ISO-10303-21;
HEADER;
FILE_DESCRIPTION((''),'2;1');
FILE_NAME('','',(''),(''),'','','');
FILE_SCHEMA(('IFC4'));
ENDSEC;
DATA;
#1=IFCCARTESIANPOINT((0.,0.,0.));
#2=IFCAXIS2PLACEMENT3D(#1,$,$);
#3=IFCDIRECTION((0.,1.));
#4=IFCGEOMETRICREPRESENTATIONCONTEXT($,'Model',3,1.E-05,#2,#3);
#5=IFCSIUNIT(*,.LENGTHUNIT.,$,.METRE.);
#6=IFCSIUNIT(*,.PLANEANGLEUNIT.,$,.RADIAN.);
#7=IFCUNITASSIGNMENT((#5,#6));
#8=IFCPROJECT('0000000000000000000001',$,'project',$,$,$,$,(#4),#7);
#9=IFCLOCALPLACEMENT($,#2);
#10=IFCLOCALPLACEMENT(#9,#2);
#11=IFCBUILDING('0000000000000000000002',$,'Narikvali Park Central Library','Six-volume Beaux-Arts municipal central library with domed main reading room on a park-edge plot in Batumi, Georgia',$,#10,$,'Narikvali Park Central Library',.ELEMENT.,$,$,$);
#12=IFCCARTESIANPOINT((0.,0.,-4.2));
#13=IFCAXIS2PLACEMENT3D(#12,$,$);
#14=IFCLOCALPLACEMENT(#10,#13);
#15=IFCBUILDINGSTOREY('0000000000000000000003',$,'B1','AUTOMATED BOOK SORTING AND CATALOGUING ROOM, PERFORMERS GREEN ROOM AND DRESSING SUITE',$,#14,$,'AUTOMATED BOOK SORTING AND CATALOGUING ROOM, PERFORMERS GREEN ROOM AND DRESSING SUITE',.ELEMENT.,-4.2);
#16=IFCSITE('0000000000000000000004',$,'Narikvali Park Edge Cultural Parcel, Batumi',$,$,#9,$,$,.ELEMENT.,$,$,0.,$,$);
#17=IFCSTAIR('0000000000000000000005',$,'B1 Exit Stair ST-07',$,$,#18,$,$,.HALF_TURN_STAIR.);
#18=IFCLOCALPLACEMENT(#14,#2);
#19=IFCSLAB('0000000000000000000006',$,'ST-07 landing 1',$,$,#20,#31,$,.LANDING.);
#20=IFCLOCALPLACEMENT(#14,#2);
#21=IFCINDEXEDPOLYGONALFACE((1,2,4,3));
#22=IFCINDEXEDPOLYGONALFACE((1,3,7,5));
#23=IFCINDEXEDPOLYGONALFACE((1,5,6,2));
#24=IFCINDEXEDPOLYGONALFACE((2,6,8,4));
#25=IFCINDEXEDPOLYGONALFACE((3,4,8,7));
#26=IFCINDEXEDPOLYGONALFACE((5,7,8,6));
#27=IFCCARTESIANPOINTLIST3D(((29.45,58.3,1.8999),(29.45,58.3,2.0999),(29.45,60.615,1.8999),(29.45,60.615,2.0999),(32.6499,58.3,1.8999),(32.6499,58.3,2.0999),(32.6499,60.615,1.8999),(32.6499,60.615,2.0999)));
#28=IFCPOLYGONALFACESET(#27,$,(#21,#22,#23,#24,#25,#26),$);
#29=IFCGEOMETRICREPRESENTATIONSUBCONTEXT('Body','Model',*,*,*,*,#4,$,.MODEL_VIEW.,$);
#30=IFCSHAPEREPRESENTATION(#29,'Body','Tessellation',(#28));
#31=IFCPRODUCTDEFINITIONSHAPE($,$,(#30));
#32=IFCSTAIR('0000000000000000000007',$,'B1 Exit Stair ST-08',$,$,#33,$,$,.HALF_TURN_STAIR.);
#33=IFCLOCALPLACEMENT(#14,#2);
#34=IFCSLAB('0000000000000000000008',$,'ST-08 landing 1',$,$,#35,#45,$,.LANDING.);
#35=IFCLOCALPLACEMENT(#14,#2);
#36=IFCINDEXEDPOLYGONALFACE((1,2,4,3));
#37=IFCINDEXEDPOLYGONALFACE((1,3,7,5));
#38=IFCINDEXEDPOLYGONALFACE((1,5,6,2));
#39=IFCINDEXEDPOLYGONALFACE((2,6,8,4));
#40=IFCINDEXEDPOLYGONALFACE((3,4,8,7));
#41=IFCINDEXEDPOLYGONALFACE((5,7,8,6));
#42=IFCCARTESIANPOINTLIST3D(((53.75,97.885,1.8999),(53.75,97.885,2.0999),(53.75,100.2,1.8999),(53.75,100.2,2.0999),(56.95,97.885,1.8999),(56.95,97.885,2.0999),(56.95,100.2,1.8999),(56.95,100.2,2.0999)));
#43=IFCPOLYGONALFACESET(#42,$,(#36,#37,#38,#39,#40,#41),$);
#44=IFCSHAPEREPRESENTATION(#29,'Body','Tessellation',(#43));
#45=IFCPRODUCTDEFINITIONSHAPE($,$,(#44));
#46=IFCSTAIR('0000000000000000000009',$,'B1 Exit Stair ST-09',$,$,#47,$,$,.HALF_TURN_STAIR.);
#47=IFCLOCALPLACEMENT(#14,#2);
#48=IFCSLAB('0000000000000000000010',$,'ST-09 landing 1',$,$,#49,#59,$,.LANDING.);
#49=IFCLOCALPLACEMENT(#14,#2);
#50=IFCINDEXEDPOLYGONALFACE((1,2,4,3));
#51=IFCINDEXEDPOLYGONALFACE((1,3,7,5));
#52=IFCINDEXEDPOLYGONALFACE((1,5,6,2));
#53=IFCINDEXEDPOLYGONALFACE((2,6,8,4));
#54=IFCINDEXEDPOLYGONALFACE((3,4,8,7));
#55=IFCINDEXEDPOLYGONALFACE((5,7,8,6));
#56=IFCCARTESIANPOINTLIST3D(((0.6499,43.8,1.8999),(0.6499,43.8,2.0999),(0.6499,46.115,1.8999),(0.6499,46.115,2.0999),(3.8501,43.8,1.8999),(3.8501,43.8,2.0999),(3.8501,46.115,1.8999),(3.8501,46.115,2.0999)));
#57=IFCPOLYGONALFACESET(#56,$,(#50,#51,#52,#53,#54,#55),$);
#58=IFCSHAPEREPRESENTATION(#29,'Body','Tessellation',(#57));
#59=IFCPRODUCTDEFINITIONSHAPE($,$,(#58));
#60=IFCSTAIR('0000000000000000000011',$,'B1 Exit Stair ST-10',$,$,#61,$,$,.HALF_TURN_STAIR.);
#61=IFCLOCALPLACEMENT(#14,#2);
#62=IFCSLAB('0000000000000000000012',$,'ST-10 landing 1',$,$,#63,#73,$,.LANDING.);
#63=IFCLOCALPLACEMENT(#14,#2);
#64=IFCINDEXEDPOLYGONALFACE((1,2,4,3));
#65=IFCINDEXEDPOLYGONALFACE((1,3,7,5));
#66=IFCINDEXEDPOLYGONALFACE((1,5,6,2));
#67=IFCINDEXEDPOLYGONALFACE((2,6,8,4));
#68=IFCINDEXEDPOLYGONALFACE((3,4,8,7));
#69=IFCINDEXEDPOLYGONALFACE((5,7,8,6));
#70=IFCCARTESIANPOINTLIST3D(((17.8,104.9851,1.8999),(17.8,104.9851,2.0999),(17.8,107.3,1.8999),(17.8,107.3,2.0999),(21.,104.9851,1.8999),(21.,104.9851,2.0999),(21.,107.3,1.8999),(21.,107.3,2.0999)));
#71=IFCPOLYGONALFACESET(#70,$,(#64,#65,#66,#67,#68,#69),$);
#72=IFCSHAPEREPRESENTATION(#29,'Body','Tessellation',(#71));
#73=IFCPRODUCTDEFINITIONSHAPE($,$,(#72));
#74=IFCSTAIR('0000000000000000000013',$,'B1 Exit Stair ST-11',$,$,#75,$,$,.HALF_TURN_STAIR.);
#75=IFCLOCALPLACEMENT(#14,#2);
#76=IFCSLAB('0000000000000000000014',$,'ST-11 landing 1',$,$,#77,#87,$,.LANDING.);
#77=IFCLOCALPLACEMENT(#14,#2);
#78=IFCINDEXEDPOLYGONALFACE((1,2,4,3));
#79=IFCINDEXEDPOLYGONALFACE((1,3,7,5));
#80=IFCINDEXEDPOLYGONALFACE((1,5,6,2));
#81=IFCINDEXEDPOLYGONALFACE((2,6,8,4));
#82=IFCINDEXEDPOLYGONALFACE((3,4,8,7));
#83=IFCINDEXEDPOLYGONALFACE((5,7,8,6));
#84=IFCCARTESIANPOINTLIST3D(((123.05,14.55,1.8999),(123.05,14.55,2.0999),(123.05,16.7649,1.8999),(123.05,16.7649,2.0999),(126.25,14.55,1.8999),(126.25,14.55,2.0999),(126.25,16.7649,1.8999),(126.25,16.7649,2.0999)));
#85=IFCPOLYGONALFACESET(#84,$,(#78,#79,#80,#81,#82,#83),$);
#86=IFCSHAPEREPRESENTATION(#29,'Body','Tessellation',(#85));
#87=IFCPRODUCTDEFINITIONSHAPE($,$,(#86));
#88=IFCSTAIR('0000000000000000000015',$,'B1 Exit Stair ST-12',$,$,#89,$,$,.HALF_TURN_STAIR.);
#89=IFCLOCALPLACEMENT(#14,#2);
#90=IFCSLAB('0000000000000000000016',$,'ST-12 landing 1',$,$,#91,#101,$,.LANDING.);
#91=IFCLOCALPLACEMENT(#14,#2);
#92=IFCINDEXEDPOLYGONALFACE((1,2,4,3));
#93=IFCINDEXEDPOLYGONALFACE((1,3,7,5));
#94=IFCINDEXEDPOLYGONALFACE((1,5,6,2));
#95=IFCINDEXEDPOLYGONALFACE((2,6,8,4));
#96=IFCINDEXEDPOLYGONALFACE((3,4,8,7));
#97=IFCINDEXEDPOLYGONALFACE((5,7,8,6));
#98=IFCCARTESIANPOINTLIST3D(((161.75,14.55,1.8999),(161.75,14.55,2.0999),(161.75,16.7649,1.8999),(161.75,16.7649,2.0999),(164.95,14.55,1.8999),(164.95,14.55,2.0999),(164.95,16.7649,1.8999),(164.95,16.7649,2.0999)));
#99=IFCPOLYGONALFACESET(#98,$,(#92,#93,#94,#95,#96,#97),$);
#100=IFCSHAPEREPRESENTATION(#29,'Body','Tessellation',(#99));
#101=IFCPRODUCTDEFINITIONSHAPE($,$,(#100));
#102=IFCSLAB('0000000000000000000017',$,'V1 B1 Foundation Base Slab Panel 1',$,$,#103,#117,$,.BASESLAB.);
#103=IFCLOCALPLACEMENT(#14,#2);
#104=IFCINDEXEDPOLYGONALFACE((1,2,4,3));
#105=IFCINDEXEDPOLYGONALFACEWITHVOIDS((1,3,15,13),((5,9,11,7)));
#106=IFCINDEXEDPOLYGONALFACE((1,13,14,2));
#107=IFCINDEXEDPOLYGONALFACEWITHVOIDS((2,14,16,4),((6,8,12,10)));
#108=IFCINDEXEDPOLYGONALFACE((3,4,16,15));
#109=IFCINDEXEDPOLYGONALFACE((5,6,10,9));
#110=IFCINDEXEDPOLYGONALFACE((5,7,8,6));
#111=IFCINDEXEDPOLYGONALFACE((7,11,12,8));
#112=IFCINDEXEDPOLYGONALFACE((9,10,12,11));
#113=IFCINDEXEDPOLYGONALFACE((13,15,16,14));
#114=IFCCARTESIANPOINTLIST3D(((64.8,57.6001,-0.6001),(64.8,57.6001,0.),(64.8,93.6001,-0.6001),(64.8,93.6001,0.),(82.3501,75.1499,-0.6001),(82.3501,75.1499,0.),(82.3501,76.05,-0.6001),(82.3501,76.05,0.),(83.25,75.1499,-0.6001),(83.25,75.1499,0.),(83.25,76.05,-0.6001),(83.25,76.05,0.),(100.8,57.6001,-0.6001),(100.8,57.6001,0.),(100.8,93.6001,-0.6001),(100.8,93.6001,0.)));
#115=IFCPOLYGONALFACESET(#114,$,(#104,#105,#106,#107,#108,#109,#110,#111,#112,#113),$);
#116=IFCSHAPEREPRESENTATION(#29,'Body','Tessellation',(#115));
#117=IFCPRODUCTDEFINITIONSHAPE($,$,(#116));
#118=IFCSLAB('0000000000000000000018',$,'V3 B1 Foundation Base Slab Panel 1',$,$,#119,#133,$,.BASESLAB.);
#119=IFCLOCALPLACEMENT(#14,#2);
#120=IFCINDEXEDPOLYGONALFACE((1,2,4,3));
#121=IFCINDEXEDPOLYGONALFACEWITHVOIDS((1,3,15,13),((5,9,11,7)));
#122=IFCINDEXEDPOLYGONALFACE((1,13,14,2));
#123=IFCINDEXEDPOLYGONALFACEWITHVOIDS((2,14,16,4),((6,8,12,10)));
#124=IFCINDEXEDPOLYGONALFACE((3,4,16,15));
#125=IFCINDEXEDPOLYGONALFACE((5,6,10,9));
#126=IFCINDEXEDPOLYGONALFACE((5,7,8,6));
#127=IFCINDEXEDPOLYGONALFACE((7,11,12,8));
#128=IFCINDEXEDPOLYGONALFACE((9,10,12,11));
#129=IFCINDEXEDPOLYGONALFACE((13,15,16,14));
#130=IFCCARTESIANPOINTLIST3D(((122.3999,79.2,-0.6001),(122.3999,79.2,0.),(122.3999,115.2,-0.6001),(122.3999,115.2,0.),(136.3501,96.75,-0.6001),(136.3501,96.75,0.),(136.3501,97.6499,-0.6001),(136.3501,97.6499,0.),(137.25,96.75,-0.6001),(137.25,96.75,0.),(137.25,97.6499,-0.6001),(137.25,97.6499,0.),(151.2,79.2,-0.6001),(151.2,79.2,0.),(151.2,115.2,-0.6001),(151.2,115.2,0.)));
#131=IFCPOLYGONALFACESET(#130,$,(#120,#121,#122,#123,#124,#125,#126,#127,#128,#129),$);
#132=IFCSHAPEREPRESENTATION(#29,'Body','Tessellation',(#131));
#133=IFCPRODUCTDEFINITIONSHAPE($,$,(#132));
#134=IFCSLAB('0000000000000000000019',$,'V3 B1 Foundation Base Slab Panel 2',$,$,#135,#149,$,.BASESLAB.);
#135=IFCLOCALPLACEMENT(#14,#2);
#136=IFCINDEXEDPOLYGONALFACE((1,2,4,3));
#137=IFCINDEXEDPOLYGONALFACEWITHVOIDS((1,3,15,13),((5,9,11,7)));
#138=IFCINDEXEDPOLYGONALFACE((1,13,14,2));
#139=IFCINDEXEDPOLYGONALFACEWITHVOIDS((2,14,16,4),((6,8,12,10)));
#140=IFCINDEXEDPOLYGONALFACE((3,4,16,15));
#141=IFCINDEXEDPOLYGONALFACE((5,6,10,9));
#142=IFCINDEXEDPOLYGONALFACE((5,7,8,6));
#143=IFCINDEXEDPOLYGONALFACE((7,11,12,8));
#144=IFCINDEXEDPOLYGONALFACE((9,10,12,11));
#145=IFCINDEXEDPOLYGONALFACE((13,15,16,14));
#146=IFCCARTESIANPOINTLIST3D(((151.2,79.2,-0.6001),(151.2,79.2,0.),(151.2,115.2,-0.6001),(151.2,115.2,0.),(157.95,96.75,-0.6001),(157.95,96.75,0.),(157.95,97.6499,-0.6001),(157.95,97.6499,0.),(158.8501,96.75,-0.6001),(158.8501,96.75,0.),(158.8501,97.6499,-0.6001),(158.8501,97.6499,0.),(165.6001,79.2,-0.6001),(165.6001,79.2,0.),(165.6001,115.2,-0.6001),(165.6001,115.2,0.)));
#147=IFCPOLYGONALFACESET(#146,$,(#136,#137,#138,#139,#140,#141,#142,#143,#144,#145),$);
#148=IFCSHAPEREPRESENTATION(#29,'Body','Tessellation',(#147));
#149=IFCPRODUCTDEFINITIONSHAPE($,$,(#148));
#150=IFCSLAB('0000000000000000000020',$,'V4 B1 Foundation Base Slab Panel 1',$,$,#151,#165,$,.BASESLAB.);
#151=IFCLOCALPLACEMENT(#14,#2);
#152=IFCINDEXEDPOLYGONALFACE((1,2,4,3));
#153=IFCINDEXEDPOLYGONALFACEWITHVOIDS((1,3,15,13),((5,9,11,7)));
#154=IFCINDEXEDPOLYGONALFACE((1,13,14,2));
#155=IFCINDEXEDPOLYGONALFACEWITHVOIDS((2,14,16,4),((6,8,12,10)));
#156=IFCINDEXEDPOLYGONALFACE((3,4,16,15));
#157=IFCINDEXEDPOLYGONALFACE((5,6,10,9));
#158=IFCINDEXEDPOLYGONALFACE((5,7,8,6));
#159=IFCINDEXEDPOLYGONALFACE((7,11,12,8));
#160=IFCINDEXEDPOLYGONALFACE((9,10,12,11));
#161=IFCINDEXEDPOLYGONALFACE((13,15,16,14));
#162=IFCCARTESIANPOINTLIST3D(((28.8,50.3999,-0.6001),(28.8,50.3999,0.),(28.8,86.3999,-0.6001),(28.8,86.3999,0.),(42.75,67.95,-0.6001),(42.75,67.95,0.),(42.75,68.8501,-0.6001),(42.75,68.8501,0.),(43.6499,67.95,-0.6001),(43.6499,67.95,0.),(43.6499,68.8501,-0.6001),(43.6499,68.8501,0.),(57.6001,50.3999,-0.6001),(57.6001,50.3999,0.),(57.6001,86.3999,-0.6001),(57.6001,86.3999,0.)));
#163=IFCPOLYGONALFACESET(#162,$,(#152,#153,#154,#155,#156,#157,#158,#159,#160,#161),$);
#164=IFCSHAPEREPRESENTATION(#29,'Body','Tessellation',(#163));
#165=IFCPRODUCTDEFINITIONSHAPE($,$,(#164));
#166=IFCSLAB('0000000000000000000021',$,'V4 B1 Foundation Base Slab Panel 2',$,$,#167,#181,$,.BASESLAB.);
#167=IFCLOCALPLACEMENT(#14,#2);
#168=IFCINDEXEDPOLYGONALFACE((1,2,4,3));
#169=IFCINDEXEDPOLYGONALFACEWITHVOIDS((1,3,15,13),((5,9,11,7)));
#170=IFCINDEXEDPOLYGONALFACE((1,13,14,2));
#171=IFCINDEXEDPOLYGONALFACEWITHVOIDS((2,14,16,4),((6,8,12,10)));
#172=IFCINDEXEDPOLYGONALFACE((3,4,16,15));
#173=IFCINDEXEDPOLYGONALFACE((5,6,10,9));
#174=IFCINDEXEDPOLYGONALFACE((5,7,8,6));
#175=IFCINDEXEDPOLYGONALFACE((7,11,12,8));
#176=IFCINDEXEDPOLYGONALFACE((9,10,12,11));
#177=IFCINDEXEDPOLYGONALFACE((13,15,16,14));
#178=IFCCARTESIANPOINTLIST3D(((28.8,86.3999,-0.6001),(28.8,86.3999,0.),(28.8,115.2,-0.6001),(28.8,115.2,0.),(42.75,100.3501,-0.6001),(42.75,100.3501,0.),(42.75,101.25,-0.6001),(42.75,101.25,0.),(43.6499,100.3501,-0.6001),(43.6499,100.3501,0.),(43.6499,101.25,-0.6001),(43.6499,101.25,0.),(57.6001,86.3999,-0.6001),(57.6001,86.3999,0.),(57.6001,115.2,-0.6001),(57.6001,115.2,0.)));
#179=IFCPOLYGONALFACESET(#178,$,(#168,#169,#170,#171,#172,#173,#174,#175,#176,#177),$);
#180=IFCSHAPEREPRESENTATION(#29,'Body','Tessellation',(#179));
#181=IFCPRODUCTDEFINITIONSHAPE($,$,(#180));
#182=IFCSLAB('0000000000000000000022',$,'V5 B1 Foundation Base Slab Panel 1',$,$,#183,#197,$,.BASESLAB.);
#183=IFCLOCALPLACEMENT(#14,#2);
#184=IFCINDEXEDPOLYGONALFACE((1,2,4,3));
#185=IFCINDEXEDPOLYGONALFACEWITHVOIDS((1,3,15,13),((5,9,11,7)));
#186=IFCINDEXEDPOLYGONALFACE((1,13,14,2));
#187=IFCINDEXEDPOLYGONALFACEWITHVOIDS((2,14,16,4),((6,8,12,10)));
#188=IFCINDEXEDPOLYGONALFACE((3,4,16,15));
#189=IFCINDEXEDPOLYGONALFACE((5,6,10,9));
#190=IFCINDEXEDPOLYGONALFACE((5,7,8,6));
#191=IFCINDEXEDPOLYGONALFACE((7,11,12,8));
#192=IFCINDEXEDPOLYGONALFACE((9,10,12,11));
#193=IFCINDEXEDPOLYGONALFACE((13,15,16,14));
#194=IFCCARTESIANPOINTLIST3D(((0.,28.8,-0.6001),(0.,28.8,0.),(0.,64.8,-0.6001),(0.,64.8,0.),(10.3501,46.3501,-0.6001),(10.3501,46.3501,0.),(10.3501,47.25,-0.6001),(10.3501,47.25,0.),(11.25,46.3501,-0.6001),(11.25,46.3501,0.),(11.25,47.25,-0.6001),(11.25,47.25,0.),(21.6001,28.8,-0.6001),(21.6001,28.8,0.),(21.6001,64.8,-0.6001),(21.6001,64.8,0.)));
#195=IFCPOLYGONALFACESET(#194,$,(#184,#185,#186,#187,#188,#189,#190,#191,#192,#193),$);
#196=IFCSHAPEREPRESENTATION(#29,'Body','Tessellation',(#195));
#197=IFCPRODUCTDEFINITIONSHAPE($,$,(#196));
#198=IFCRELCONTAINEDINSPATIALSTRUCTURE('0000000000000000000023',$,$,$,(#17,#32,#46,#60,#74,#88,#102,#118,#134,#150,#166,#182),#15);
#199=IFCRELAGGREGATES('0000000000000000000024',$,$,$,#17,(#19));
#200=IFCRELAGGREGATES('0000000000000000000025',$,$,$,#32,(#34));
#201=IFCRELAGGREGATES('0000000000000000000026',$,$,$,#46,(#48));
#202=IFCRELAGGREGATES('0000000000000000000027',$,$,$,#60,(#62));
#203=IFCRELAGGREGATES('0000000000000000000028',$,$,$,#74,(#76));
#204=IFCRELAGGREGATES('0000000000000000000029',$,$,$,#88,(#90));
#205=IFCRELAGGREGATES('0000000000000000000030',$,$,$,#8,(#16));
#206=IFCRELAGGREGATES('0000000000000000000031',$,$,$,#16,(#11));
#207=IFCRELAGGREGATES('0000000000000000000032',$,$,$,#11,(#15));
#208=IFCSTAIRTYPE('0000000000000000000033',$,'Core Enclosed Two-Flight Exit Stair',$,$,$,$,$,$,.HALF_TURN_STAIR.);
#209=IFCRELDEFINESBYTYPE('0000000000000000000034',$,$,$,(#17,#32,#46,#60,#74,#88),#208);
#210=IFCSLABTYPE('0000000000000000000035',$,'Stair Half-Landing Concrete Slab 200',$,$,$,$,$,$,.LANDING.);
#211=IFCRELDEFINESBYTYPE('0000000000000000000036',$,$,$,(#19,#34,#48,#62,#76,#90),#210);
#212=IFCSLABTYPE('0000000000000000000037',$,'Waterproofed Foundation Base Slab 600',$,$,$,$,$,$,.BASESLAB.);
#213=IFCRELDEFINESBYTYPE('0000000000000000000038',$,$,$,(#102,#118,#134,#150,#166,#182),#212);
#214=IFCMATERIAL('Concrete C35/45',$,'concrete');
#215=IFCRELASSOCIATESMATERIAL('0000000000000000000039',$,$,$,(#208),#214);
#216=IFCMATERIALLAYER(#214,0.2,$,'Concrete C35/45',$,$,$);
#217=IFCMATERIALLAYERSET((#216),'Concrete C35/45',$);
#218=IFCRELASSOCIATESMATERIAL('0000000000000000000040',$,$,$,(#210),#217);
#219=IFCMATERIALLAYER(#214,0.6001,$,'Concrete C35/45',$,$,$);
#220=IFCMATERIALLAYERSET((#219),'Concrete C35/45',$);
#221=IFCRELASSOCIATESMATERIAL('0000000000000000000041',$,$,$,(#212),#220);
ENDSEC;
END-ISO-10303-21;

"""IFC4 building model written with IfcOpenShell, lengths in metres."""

from ifc_helpers import new_model, si_unit, direction, frame, origin, place, context, subcontext, project, spatial, polyline, outline, extrude, material, layer, layer_set, type_object, element, aggregate, save


model = new_model("IFC4")

# Units and contexts
model_context = context("Model", 3, precision=1e-05, world=origin(), true_north=direction((0.0, 1.0)))
body_context = subcontext(model_context, "Body", "Model", "MODEL_VIEW")
ifc_project = project(units=[si_unit("LENGTHUNIT", "METRE"), si_unit("PLANEANGLEUNIT", "RADIAN")], contexts=[model_context])

# Site, building, storey
site_placement = place(None, origin())
site = spatial("IfcSite", under=ifc_project, at=site_placement, Name="Narikvali Park Edge Cultural Parcel, Batumi", CompositionType="ELEMENT", RefElevation=0.0)
building_placement = place(site_placement, origin())
building = spatial("IfcBuilding", under=site, at=building_placement, Name="Narikvali Park Central Library", Description="Six-volume Beaux-Arts municipal central library with domed main reading room on a park-edge plot in Batumi, Georgia", LongName="Narikvali Park Central Library", CompositionType="ELEMENT")
storey_placement = place(building_placement, frame((0.0, 0.0, -4.2)))
storey = spatial("IfcBuildingStorey", under=building, at=storey_placement, Name="B1", Description="AUTOMATED BOOK SORTING AND CATALOGUING ROOM, PERFORMERS GREEN ROOM AND DRESSING SUITE", LongName="AUTOMATED BOOK SORTING AND CATALOGUING ROOM, PERFORMERS GREEN ROOM AND DRESSING SUITE", CompositionType="ELEMENT", Elevation=-4.2)

# Shared definitions
ifc_material_1 = material(Name="Concrete C35/45", Category="concrete")

# Stairs, slabs
stair_type = type_object("IfcStairType", Name="Core Enclosed Two-Flight Exit Stair", PredefinedType="HALF_TURN_STAIR", material=ifc_material_1)
ifc_layer_1 = layer(ifc_material_1, 0.2, Name="Concrete C35/45")
ifc_layer_set_1 = layer_set([ifc_layer_1], Name="Concrete C35/45")
slab_type_1 = type_object("IfcSlabType", Name="Stair Half-Landing Concrete Slab 200", PredefinedType="LANDING", material=ifc_layer_set_1)
stair_1_placement = place(storey_placement, origin())
stair_1 = element("IfcStair", 1, at=stair_1_placement, inside=storey, type_object=stair_type, Name="B1 Exit Stair ST-07", PredefinedType="HALF_TURN_STAIR")
slab_1_placement = place(storey_placement, frame((0.0, 0.0, 1.8999)))
slab_1 = element("IfcSlab", 2, at=slab_1_placement, type_object=slab_type_1, Name="ST-07 landing 1", PredefinedType="LANDING", context=body_context, shape_type="SweptSolid", body=[
    extrude(outline(polyline([(29.45, 60.615), (29.45, 58.3), (32.6499, 58.3), (32.6499, 60.615), (29.45, 60.615)])), origin(), (0.0, 0.0, 1.0), 0.2),
])
aggregate(stair_1, [slab_1])
stair_2_placement = place(storey_placement, origin())
stair_2 = element("IfcStair", 3, at=stair_2_placement, inside=storey, type_object=stair_type, Name="B1 Exit Stair ST-08", PredefinedType="HALF_TURN_STAIR")
slab_2_placement = place(storey_placement, frame((0.0, 0.0, 1.8999)))
slab_2 = element("IfcSlab", 4, at=slab_2_placement, type_object=slab_type_1, Name="ST-08 landing 1", PredefinedType="LANDING", context=body_context, shape_type="SweptSolid", body=[
    extrude(outline(polyline([(56.95, 97.885), (56.95, 100.2), (53.75, 100.2), (53.75, 97.885), (56.95, 97.885)])), origin(), (0.0, 0.0, 1.0), 0.2),
])
aggregate(stair_2, [slab_2])
stair_3_placement = place(storey_placement, origin())
stair_3 = element("IfcStair", 5, at=stair_3_placement, inside=storey, type_object=stair_type, Name="B1 Exit Stair ST-09", PredefinedType="HALF_TURN_STAIR")
slab_3_placement = place(storey_placement, frame((0.0, 0.0, 1.8999)))
slab_3 = element("IfcSlab", 6, at=slab_3_placement, type_object=slab_type_1, Name="ST-09 landing 1", PredefinedType="LANDING", context=body_context, shape_type="SweptSolid", body=[
    extrude(outline(polyline([(0.6499, 46.115), (0.6499, 43.8), (3.8501, 43.8), (3.8501, 46.115), (0.6499, 46.115)])), origin(), (0.0, 0.0, 1.0), 0.2),
])
aggregate(stair_3, [slab_3])
stair_4_placement = place(storey_placement, origin())
stair_4 = element("IfcStair", 7, at=stair_4_placement, inside=storey, type_object=stair_type, Name="B1 Exit Stair ST-10", PredefinedType="HALF_TURN_STAIR")
slab_4_placement = place(storey_placement, frame((0.0, 0.0, 1.8999)))
slab_4 = element("IfcSlab", 8, at=slab_4_placement, type_object=slab_type_1, Name="ST-10 landing 1", PredefinedType="LANDING", context=body_context, shape_type="SweptSolid", body=[
    extrude(outline(polyline([(21.0, 104.9851), (21.0, 107.3), (17.8, 107.3), (17.8, 104.9851), (21.0, 104.9851)])), origin(), (0.0, 0.0, 1.0), 0.2),
])
aggregate(stair_4, [slab_4])
stair_5_placement = place(storey_placement, origin())
stair_5 = element("IfcStair", 9, at=stair_5_placement, inside=storey, type_object=stair_type, Name="B1 Exit Stair ST-11", PredefinedType="HALF_TURN_STAIR")
slab_5_placement = place(storey_placement, frame((0.0, 0.0, 1.8999)))
slab_5 = element("IfcSlab", 10, at=slab_5_placement, type_object=slab_type_1, Name="ST-11 landing 1", PredefinedType="LANDING", context=body_context, shape_type="SweptSolid", body=[
    extrude(outline(polyline([(123.05, 16.7649), (123.05, 14.55), (126.25, 14.55), (126.25, 16.7649), (123.05, 16.7649)])), origin(), (0.0, 0.0, 1.0), 0.2),
])
aggregate(stair_5, [slab_5])
stair_6_placement = place(storey_placement, origin())
stair_6 = element("IfcStair", 11, at=stair_6_placement, inside=storey, type_object=stair_type, Name="B1 Exit Stair ST-12", PredefinedType="HALF_TURN_STAIR")
slab_6_placement = place(storey_placement, frame((0.0, 0.0, 1.8999)))
slab_6 = element("IfcSlab", 12, at=slab_6_placement, type_object=slab_type_1, Name="ST-12 landing 1", PredefinedType="LANDING", context=body_context, shape_type="SweptSolid", body=[
    extrude(outline(polyline([(161.75, 16.7649), (161.75, 14.55), (164.95, 14.55), (164.95, 16.7649), (161.75, 16.7649)])), origin(), (0.0, 0.0, 1.0), 0.2),
])
aggregate(stair_6, [slab_6])

# Slabs
ifc_layer_2 = layer(ifc_material_1, 0.6001, Name="Concrete C35/45")
ifc_layer_set_2 = layer_set([ifc_layer_2], Name="Concrete C35/45")
slab_type_2 = type_object("IfcSlabType", Name="Waterproofed Foundation Base Slab 600", PredefinedType="BASESLAB", material=ifc_layer_set_2)
slab_7_placement = place(storey_placement, frame((0.0, 0.0, -0.6001)))
element("IfcSlab", 13, at=slab_7_placement, inside=storey, type_object=slab_type_2, Name="V1 B1 Foundation Base Slab Panel 1", PredefinedType="BASESLAB", context=body_context, shape_type="SweptSolid", body=[
    extrude(outline(polyline([(64.8, 57.6001), (100.8, 57.6001), (100.8, 93.6001), (64.8, 93.6001), (64.8, 57.6001)]), holes=[polyline([(82.3501, 75.1499), (83.25, 75.1499), (83.25, 76.05), (82.3501, 76.05), (82.3501, 75.1499)])]), origin(), (0.0, 0.0, 1.0), 0.6001),
])
slab_8_placement = place(storey_placement, frame((0.0, 0.0, -0.6001)))
element("IfcSlab", 14, at=slab_8_placement, inside=storey, type_object=slab_type_2, Name="V3 B1 Foundation Base Slab Panel 1", PredefinedType="BASESLAB", context=body_context, shape_type="SweptSolid", body=[
    extrude(outline(polyline([(122.3999, 79.2), (151.2, 79.2), (151.2, 115.2), (122.3999, 115.2), (122.3999, 79.2)]), holes=[polyline([(136.3501, 96.75), (137.25, 96.75), (137.25, 97.6499), (136.3501, 97.6499), (136.3501, 96.75)])]), origin(), (0.0, 0.0, 1.0), 0.6001),
])
slab_9_placement = place(storey_placement, frame((0.0, 0.0, -0.6001)))
element("IfcSlab", 15, at=slab_9_placement, inside=storey, type_object=slab_type_2, Name="V3 B1 Foundation Base Slab Panel 2", PredefinedType="BASESLAB", context=body_context, shape_type="SweptSolid", body=[
    extrude(outline(polyline([(151.2, 79.2), (165.6001, 79.2), (165.6001, 115.2), (151.2, 115.2), (151.2, 79.2)]), holes=[polyline([(157.95, 96.75), (158.8501, 96.75), (158.8501, 97.6499), (157.95, 97.6499), (157.95, 96.75)])]), origin(), (0.0, 0.0, 1.0), 0.6001),
])
slab_10_placement = place(storey_placement, frame((0.0, 0.0, -0.6001)))
element("IfcSlab", 16, at=slab_10_placement, inside=storey, type_object=slab_type_2, Name="V4 B1 Foundation Base Slab Panel 1", PredefinedType="BASESLAB", context=body_context, shape_type="SweptSolid", body=[
    extrude(outline(polyline([(28.8, 50.3999), (57.6001, 50.3999), (57.6001, 86.3999), (28.8, 86.3999), (28.8, 50.3999)]), holes=[polyline([(42.75, 67.95), (43.6499, 67.95), (43.6499, 68.8501), (42.75, 68.8501), (42.75, 67.95)])]), origin(), (0.0, 0.0, 1.0), 0.6001),
])
slab_11_placement = place(storey_placement, frame((0.0, 0.0, -0.6001)))
element("IfcSlab", 17, at=slab_11_placement, inside=storey, type_object=slab_type_2, Name="V4 B1 Foundation Base Slab Panel 2", PredefinedType="BASESLAB", context=body_context, shape_type="SweptSolid", body=[
    extrude(outline(polyline([(28.8, 86.3999), (57.6001, 86.3999), (57.6001, 115.2), (28.8, 115.2), (28.8, 86.3999)]), holes=[polyline([(42.75, 100.3501), (43.6499, 100.3501), (43.6499, 101.25), (42.75, 101.25), (42.75, 100.3501)])]), origin(), (0.0, 0.0, 1.0), 0.6001),
])
slab_12_placement = place(storey_placement, frame((0.0, 0.0, -0.6001)))
element("IfcSlab", 18, at=slab_12_placement, inside=storey, type_object=slab_type_2, Name="V5 B1 Foundation Base Slab Panel 1", PredefinedType="BASESLAB", context=body_context, shape_type="SweptSolid", body=[
    extrude(outline(polyline([(0.0, 28.8), (21.6001, 28.8), (21.6001, 64.8), (0.0, 64.8), (0.0, 28.8)]), holes=[polyline([(10.3501, 46.3501), (11.25, 46.3501), (11.25, 47.25), (10.3501, 47.25), (10.3501, 46.3501)])]), origin(), (0.0, 0.0, 1.0), 0.6001),
])

save(model, "model.ifc")
